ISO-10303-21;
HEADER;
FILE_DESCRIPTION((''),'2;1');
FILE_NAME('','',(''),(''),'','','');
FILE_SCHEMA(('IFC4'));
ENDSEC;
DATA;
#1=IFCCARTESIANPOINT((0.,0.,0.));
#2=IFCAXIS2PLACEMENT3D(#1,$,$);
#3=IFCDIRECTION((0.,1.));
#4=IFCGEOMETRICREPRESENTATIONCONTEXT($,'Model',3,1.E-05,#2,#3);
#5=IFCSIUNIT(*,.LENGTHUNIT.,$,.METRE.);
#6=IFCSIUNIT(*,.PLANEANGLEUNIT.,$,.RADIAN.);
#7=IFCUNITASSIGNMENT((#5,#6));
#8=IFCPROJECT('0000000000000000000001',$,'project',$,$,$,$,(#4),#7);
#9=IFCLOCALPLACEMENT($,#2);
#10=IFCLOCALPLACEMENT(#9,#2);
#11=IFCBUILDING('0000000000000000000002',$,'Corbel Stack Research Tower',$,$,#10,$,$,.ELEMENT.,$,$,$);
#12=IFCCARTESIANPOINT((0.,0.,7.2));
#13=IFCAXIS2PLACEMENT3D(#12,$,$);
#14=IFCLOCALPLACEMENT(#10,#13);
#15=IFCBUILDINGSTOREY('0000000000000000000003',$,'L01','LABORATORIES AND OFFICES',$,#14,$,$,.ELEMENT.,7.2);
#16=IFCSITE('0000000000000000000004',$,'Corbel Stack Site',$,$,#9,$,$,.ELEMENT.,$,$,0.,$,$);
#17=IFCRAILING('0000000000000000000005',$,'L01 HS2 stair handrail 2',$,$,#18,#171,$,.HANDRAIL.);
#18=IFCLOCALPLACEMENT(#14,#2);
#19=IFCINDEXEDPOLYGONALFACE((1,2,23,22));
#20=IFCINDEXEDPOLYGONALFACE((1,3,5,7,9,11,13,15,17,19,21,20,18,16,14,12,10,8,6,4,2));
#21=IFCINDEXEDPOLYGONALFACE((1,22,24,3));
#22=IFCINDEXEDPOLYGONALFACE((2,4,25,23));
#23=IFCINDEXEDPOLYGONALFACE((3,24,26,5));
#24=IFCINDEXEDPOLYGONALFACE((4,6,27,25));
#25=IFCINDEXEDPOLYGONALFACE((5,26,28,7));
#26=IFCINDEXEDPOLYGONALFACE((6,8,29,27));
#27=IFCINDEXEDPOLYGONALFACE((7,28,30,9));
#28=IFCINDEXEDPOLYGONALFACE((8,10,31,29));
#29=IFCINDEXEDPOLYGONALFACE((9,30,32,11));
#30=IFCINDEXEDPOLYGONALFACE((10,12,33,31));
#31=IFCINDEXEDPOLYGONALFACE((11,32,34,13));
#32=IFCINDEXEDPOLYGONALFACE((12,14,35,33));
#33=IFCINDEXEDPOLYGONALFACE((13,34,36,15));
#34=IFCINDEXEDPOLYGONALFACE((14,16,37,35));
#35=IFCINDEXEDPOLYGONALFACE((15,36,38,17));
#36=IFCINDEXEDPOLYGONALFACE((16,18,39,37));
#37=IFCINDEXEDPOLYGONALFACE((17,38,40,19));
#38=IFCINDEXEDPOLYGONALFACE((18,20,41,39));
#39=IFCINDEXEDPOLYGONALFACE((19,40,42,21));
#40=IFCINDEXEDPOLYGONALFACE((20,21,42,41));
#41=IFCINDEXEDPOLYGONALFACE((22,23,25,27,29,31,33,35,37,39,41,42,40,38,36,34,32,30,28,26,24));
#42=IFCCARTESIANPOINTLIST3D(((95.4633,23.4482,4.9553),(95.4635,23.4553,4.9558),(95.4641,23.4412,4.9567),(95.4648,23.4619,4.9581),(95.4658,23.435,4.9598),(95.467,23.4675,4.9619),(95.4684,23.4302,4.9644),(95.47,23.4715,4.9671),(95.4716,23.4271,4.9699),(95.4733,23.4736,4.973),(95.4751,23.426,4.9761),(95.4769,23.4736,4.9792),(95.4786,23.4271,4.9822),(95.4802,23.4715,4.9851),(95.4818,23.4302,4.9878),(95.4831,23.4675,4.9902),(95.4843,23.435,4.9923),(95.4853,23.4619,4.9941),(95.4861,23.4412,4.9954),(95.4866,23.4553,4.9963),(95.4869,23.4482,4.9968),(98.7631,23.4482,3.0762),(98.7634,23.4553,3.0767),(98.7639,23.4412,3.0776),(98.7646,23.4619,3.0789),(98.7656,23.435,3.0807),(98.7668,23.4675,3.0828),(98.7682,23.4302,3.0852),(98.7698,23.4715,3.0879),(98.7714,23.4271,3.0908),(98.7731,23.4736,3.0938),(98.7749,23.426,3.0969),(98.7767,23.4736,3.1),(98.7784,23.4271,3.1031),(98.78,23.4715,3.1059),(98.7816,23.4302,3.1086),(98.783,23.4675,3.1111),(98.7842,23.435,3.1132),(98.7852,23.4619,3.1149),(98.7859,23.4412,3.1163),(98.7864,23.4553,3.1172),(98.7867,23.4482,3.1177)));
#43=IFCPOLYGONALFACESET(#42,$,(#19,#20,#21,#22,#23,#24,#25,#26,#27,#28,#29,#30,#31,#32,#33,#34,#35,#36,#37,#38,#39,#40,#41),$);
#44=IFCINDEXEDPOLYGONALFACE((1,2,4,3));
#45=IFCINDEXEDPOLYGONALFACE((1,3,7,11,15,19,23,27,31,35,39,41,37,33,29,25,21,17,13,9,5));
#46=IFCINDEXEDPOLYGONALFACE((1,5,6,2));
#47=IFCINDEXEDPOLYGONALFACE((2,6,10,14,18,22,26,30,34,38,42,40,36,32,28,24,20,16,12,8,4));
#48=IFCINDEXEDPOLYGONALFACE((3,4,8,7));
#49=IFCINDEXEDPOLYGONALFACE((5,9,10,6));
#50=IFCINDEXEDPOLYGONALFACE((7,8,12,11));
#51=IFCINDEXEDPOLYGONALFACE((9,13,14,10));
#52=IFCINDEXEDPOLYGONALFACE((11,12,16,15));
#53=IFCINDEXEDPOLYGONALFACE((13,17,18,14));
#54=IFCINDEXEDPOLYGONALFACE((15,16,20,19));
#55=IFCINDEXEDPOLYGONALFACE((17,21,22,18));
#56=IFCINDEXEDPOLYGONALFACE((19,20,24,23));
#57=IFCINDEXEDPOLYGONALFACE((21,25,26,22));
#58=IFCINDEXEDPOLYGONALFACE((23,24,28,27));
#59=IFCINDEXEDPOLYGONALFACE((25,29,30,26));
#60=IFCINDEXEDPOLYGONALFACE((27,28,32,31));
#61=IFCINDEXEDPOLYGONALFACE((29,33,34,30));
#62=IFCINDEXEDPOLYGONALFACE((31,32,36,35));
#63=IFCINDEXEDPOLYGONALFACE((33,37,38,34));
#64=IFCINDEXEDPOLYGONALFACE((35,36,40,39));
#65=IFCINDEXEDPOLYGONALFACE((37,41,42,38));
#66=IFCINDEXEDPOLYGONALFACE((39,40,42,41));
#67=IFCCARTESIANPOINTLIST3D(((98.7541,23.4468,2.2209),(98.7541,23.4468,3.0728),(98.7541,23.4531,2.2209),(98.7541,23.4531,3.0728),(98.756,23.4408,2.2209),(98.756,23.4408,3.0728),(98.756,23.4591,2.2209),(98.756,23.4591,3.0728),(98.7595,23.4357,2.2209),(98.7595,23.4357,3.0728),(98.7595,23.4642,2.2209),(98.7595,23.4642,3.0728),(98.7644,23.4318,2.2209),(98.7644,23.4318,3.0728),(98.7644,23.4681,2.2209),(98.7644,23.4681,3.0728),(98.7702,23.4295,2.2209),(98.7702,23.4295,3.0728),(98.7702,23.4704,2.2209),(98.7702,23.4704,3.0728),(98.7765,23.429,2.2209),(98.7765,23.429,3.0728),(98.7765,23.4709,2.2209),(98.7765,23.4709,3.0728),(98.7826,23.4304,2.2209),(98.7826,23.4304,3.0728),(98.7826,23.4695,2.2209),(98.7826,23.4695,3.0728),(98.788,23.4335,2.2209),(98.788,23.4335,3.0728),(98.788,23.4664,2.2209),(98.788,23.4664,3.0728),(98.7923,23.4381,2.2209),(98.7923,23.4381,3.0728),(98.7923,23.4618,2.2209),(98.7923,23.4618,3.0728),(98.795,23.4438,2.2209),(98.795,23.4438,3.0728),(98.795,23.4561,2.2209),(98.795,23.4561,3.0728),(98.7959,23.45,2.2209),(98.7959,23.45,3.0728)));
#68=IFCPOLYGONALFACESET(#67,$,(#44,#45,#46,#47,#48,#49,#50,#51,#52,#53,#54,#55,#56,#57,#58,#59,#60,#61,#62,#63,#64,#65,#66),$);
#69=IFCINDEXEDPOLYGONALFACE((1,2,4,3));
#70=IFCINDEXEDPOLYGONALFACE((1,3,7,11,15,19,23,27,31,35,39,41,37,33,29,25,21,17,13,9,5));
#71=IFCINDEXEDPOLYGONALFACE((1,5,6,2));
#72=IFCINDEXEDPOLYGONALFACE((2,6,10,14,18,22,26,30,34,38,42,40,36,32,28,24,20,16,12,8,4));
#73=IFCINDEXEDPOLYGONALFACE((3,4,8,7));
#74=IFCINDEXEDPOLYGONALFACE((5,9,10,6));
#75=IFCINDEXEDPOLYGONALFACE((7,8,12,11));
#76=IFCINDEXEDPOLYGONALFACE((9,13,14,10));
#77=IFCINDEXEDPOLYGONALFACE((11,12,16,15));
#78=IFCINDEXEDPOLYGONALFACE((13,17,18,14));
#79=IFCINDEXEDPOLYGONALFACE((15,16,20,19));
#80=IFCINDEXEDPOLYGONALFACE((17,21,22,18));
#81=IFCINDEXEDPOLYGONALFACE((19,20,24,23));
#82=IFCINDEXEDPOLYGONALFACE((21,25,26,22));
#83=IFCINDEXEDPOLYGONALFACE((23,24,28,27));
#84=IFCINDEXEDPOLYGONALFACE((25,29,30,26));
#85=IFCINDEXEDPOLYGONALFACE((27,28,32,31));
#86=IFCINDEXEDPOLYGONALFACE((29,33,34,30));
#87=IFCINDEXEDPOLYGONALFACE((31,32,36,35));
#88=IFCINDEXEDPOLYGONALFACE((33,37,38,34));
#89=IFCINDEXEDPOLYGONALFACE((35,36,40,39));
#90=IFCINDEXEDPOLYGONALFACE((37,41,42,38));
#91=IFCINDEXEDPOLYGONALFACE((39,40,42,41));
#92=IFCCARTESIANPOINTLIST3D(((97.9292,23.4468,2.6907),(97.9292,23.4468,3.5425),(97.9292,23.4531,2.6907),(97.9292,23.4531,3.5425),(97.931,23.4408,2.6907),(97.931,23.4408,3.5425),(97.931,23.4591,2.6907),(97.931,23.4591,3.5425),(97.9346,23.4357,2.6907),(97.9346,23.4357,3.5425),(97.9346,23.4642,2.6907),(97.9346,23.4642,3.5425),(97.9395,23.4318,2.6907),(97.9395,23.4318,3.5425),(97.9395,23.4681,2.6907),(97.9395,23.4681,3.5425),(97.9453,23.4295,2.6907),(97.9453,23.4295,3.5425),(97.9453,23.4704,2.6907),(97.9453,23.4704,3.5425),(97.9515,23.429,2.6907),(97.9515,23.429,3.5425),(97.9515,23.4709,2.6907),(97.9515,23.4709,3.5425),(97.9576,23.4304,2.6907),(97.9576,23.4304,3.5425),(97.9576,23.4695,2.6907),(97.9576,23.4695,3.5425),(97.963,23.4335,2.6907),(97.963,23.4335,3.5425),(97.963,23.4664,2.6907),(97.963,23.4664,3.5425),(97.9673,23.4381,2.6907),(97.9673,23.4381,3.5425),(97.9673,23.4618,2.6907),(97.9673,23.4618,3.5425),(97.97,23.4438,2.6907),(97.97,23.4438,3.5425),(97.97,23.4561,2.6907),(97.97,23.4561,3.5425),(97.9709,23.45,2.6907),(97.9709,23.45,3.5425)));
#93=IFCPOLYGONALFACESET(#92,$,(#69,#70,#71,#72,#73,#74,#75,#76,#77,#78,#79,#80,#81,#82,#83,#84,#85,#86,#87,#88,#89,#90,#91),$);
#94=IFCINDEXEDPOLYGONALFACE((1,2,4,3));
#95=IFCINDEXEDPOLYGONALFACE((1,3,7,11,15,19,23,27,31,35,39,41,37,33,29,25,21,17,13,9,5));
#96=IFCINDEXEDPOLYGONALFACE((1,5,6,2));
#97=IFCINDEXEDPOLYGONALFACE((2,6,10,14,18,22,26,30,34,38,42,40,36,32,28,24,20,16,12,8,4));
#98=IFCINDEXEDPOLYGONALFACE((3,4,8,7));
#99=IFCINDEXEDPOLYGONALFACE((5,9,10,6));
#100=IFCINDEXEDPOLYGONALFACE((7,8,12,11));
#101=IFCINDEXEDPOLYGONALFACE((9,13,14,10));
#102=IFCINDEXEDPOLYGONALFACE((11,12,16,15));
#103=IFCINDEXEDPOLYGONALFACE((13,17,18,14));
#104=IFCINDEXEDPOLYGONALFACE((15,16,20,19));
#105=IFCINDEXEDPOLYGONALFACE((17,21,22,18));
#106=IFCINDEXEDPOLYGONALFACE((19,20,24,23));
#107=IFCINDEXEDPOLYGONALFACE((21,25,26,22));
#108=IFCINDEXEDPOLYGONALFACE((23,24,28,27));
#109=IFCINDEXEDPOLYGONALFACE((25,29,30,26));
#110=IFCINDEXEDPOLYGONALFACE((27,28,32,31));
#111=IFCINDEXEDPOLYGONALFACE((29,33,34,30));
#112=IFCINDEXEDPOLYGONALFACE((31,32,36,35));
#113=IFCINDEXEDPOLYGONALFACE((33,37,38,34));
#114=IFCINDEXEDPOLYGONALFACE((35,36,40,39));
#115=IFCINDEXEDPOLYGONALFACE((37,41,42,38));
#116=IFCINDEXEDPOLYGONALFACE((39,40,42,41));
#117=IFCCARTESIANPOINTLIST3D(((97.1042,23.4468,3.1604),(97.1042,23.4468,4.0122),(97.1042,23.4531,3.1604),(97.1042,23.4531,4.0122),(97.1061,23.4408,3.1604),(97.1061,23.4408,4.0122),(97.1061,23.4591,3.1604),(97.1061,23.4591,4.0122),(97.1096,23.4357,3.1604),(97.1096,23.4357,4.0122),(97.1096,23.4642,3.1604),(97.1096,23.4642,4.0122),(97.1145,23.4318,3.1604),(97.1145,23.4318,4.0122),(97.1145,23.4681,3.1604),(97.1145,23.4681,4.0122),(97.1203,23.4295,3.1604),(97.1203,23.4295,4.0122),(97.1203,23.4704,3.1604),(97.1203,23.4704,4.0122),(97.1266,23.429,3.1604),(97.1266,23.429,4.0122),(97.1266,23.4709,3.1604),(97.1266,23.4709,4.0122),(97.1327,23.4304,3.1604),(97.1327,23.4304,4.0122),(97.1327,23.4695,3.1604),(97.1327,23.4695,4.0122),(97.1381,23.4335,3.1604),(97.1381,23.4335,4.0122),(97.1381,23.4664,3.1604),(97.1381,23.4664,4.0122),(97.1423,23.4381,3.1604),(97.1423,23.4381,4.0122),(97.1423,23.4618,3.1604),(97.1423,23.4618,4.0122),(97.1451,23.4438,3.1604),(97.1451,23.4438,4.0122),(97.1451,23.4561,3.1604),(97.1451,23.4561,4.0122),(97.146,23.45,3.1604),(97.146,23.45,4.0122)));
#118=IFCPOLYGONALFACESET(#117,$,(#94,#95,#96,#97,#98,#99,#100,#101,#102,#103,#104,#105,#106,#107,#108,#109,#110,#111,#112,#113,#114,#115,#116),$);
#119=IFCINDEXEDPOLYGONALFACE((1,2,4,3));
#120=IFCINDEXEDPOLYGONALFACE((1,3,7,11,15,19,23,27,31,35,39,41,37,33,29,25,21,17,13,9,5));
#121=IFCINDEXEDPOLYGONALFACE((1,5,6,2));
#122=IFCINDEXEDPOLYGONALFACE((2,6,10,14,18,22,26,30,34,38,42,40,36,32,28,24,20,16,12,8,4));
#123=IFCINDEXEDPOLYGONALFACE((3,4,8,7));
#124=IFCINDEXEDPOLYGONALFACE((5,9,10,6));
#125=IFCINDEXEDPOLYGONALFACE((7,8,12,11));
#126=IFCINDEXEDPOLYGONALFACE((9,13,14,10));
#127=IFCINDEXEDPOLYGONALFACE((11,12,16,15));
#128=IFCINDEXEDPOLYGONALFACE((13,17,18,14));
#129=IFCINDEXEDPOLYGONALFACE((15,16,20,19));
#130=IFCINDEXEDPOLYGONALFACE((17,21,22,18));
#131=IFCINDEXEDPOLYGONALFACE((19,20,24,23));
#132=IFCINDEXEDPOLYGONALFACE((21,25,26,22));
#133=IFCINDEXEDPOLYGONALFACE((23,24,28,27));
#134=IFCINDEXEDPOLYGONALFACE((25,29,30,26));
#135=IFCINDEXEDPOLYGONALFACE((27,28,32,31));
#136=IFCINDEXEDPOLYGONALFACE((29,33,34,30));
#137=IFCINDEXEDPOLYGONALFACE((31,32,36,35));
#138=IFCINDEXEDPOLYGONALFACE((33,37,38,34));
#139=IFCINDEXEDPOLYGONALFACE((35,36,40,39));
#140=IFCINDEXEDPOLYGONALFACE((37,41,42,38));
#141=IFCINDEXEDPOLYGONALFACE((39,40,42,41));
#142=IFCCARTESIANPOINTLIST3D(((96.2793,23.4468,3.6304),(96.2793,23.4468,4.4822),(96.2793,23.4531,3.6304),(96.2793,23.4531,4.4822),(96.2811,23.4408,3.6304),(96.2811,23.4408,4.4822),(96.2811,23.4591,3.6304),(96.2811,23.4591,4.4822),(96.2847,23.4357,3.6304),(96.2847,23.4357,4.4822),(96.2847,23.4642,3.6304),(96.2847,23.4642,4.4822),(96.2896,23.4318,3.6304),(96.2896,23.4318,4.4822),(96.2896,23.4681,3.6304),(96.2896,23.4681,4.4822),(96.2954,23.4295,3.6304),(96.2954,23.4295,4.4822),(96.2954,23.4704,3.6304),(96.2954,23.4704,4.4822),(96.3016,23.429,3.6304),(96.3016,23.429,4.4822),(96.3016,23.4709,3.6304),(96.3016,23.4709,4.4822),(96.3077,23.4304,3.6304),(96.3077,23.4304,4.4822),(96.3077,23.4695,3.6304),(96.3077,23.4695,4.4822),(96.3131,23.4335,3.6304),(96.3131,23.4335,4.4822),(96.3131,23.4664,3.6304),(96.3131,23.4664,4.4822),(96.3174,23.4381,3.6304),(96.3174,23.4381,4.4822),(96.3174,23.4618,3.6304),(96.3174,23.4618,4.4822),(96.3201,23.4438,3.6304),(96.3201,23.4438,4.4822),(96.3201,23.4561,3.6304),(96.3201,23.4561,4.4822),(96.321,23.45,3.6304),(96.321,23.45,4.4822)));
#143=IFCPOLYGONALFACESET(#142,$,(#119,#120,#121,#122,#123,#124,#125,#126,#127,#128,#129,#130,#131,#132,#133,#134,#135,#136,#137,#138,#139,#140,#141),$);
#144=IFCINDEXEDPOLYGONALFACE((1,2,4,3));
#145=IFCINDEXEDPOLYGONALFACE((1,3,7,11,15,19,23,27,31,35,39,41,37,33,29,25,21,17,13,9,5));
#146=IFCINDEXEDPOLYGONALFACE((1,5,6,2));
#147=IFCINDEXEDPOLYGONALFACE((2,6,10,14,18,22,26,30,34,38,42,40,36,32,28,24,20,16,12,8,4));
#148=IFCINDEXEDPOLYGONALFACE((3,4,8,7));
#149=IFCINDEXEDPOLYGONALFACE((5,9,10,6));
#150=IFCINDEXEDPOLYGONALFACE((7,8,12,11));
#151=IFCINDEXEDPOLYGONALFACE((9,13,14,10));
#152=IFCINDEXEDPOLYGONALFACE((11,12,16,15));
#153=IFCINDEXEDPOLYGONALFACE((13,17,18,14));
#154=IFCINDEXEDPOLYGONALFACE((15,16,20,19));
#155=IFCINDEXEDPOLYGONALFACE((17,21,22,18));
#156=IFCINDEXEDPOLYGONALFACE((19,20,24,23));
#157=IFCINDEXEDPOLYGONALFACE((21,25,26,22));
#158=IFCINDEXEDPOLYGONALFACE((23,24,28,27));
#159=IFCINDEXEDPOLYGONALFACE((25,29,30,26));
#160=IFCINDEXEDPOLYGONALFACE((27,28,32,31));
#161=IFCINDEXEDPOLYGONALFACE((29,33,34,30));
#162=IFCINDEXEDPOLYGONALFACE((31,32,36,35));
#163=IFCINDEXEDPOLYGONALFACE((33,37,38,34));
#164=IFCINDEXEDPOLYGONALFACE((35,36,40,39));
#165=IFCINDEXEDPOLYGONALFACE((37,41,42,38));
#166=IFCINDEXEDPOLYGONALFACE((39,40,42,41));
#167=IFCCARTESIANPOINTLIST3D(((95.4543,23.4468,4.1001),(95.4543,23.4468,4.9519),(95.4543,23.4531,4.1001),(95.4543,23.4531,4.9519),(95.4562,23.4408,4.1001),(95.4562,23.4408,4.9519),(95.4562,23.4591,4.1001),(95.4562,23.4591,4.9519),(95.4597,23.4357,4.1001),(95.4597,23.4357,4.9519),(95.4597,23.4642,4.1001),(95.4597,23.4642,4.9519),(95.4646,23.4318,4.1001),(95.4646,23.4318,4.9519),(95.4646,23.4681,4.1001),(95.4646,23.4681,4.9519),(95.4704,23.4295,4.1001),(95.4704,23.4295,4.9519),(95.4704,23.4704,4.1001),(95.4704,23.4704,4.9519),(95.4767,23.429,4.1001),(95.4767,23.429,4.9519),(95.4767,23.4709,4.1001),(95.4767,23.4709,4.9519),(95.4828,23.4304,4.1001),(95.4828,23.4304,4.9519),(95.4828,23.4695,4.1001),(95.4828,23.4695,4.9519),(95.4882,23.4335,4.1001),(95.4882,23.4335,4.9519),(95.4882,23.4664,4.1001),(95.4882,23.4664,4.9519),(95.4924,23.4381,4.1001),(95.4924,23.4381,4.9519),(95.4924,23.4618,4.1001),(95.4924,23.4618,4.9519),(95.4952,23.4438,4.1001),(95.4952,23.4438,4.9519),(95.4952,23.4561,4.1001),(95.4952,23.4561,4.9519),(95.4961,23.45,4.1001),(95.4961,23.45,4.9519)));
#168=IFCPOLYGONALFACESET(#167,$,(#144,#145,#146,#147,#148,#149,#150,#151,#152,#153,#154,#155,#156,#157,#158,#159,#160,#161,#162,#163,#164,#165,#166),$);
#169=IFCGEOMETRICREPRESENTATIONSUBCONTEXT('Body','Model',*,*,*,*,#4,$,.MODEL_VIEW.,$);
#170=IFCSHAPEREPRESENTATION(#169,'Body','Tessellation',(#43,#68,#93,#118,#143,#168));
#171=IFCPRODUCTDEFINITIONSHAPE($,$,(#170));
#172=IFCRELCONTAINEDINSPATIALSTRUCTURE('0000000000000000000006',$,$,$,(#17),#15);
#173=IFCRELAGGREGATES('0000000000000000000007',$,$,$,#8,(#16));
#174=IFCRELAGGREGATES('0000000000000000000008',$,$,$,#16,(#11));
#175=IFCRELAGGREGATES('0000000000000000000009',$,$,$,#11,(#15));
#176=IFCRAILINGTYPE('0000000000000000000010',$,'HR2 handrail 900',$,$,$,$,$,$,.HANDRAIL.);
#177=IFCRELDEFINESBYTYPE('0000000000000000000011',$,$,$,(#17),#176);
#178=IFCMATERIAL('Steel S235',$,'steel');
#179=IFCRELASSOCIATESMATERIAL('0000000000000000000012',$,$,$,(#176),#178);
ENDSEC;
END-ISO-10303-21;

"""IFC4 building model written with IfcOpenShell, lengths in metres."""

from ifc_helpers import new_model, si_unit, direction, frame, origin, origin_2d, place, context, subcontext, project, spatial, circle, extrude, material, type_object, element, save


model = new_model("IFC4")

# Units and contexts
model_context = context("Model", 3, precision=1e-05, world=origin(), true_north=direction((0.0, 1.0)))
body_context = subcontext(model_context, "Body", "Model", "MODEL_VIEW")
ifc_project = project(units=[si_unit("LENGTHUNIT", "METRE"), si_unit("PLANEANGLEUNIT", "RADIAN")], contexts=[model_context])

# Site, building, storey
site_placement = place(None, origin())
site = spatial("IfcSite", under=ifc_project, at=site_placement, Name="Corbel Stack Site", CompositionType="ELEMENT", RefElevation=0.0)
building_placement = place(site_placement, origin())
building = spatial("IfcBuilding", under=site, at=building_placement, Name="Corbel Stack Research Tower", CompositionType="ELEMENT")
storey_placement = place(building_placement, frame((0.0, 0.0, 7.2)))
storey = spatial("IfcBuildingStorey", under=building, at=storey_placement, Name="L01", Description="LABORATORIES AND OFFICES", CompositionType="ELEMENT", Elevation=7.2)

# Railing
ifc_material_1 = material(Name="Steel S235", Category="steel")
railing_type_1 = type_object("IfcRailingType", Name="HR2 handrail 900", PredefinedType="HANDRAIL", material=ifc_material_1)
railing_1_placement = place(storey_placement, frame((98.7749, 23.45, 2.2209)))
element("IfcRailing", 1, at=railing_1_placement, inside=storey, type_object=railing_type_1, Name="L01 HS2 stair handrail 2", PredefinedType="HANDRAIL", context=body_context, shape_type="SweptSolid", body=[
    extrude(circle(Radius=0.0239, at=origin_2d()), frame((0.0, 0.0, 0.876), z_axis=(-0.868974, 0.0, 0.494857), x_axis=(0.0, -1.0, 0.0)), (0.0, 0.0, 1.0), 3.7974),
    extrude(circle(Radius=0.021, at=origin_2d()), origin(), (0.0, 0.0, 1.0), 0.8518),
    extrude(circle(Radius=0.021, at=origin_2d()), frame((-0.825, 0.0, 0.4697)), (0.0, 0.0, 1.0), 0.8518),
    extrude(circle(Radius=0.021, at=origin_2d()), frame((-1.6499, 0.0, 0.9395)), (0.0, 0.0, 1.0), 0.8518),
    extrude(circle(Radius=0.021, at=origin_2d()), frame((-2.4749, 0.0, 1.4094)), (0.0, 0.0, 1.0), 0.8518),
    extrude(circle(Radius=0.021, at=origin_2d()), frame((-3.2998, 0.0, 1.8792)), (0.0, 0.0, 1.0), 0.8518),
])

save(model, "model.ifc")
